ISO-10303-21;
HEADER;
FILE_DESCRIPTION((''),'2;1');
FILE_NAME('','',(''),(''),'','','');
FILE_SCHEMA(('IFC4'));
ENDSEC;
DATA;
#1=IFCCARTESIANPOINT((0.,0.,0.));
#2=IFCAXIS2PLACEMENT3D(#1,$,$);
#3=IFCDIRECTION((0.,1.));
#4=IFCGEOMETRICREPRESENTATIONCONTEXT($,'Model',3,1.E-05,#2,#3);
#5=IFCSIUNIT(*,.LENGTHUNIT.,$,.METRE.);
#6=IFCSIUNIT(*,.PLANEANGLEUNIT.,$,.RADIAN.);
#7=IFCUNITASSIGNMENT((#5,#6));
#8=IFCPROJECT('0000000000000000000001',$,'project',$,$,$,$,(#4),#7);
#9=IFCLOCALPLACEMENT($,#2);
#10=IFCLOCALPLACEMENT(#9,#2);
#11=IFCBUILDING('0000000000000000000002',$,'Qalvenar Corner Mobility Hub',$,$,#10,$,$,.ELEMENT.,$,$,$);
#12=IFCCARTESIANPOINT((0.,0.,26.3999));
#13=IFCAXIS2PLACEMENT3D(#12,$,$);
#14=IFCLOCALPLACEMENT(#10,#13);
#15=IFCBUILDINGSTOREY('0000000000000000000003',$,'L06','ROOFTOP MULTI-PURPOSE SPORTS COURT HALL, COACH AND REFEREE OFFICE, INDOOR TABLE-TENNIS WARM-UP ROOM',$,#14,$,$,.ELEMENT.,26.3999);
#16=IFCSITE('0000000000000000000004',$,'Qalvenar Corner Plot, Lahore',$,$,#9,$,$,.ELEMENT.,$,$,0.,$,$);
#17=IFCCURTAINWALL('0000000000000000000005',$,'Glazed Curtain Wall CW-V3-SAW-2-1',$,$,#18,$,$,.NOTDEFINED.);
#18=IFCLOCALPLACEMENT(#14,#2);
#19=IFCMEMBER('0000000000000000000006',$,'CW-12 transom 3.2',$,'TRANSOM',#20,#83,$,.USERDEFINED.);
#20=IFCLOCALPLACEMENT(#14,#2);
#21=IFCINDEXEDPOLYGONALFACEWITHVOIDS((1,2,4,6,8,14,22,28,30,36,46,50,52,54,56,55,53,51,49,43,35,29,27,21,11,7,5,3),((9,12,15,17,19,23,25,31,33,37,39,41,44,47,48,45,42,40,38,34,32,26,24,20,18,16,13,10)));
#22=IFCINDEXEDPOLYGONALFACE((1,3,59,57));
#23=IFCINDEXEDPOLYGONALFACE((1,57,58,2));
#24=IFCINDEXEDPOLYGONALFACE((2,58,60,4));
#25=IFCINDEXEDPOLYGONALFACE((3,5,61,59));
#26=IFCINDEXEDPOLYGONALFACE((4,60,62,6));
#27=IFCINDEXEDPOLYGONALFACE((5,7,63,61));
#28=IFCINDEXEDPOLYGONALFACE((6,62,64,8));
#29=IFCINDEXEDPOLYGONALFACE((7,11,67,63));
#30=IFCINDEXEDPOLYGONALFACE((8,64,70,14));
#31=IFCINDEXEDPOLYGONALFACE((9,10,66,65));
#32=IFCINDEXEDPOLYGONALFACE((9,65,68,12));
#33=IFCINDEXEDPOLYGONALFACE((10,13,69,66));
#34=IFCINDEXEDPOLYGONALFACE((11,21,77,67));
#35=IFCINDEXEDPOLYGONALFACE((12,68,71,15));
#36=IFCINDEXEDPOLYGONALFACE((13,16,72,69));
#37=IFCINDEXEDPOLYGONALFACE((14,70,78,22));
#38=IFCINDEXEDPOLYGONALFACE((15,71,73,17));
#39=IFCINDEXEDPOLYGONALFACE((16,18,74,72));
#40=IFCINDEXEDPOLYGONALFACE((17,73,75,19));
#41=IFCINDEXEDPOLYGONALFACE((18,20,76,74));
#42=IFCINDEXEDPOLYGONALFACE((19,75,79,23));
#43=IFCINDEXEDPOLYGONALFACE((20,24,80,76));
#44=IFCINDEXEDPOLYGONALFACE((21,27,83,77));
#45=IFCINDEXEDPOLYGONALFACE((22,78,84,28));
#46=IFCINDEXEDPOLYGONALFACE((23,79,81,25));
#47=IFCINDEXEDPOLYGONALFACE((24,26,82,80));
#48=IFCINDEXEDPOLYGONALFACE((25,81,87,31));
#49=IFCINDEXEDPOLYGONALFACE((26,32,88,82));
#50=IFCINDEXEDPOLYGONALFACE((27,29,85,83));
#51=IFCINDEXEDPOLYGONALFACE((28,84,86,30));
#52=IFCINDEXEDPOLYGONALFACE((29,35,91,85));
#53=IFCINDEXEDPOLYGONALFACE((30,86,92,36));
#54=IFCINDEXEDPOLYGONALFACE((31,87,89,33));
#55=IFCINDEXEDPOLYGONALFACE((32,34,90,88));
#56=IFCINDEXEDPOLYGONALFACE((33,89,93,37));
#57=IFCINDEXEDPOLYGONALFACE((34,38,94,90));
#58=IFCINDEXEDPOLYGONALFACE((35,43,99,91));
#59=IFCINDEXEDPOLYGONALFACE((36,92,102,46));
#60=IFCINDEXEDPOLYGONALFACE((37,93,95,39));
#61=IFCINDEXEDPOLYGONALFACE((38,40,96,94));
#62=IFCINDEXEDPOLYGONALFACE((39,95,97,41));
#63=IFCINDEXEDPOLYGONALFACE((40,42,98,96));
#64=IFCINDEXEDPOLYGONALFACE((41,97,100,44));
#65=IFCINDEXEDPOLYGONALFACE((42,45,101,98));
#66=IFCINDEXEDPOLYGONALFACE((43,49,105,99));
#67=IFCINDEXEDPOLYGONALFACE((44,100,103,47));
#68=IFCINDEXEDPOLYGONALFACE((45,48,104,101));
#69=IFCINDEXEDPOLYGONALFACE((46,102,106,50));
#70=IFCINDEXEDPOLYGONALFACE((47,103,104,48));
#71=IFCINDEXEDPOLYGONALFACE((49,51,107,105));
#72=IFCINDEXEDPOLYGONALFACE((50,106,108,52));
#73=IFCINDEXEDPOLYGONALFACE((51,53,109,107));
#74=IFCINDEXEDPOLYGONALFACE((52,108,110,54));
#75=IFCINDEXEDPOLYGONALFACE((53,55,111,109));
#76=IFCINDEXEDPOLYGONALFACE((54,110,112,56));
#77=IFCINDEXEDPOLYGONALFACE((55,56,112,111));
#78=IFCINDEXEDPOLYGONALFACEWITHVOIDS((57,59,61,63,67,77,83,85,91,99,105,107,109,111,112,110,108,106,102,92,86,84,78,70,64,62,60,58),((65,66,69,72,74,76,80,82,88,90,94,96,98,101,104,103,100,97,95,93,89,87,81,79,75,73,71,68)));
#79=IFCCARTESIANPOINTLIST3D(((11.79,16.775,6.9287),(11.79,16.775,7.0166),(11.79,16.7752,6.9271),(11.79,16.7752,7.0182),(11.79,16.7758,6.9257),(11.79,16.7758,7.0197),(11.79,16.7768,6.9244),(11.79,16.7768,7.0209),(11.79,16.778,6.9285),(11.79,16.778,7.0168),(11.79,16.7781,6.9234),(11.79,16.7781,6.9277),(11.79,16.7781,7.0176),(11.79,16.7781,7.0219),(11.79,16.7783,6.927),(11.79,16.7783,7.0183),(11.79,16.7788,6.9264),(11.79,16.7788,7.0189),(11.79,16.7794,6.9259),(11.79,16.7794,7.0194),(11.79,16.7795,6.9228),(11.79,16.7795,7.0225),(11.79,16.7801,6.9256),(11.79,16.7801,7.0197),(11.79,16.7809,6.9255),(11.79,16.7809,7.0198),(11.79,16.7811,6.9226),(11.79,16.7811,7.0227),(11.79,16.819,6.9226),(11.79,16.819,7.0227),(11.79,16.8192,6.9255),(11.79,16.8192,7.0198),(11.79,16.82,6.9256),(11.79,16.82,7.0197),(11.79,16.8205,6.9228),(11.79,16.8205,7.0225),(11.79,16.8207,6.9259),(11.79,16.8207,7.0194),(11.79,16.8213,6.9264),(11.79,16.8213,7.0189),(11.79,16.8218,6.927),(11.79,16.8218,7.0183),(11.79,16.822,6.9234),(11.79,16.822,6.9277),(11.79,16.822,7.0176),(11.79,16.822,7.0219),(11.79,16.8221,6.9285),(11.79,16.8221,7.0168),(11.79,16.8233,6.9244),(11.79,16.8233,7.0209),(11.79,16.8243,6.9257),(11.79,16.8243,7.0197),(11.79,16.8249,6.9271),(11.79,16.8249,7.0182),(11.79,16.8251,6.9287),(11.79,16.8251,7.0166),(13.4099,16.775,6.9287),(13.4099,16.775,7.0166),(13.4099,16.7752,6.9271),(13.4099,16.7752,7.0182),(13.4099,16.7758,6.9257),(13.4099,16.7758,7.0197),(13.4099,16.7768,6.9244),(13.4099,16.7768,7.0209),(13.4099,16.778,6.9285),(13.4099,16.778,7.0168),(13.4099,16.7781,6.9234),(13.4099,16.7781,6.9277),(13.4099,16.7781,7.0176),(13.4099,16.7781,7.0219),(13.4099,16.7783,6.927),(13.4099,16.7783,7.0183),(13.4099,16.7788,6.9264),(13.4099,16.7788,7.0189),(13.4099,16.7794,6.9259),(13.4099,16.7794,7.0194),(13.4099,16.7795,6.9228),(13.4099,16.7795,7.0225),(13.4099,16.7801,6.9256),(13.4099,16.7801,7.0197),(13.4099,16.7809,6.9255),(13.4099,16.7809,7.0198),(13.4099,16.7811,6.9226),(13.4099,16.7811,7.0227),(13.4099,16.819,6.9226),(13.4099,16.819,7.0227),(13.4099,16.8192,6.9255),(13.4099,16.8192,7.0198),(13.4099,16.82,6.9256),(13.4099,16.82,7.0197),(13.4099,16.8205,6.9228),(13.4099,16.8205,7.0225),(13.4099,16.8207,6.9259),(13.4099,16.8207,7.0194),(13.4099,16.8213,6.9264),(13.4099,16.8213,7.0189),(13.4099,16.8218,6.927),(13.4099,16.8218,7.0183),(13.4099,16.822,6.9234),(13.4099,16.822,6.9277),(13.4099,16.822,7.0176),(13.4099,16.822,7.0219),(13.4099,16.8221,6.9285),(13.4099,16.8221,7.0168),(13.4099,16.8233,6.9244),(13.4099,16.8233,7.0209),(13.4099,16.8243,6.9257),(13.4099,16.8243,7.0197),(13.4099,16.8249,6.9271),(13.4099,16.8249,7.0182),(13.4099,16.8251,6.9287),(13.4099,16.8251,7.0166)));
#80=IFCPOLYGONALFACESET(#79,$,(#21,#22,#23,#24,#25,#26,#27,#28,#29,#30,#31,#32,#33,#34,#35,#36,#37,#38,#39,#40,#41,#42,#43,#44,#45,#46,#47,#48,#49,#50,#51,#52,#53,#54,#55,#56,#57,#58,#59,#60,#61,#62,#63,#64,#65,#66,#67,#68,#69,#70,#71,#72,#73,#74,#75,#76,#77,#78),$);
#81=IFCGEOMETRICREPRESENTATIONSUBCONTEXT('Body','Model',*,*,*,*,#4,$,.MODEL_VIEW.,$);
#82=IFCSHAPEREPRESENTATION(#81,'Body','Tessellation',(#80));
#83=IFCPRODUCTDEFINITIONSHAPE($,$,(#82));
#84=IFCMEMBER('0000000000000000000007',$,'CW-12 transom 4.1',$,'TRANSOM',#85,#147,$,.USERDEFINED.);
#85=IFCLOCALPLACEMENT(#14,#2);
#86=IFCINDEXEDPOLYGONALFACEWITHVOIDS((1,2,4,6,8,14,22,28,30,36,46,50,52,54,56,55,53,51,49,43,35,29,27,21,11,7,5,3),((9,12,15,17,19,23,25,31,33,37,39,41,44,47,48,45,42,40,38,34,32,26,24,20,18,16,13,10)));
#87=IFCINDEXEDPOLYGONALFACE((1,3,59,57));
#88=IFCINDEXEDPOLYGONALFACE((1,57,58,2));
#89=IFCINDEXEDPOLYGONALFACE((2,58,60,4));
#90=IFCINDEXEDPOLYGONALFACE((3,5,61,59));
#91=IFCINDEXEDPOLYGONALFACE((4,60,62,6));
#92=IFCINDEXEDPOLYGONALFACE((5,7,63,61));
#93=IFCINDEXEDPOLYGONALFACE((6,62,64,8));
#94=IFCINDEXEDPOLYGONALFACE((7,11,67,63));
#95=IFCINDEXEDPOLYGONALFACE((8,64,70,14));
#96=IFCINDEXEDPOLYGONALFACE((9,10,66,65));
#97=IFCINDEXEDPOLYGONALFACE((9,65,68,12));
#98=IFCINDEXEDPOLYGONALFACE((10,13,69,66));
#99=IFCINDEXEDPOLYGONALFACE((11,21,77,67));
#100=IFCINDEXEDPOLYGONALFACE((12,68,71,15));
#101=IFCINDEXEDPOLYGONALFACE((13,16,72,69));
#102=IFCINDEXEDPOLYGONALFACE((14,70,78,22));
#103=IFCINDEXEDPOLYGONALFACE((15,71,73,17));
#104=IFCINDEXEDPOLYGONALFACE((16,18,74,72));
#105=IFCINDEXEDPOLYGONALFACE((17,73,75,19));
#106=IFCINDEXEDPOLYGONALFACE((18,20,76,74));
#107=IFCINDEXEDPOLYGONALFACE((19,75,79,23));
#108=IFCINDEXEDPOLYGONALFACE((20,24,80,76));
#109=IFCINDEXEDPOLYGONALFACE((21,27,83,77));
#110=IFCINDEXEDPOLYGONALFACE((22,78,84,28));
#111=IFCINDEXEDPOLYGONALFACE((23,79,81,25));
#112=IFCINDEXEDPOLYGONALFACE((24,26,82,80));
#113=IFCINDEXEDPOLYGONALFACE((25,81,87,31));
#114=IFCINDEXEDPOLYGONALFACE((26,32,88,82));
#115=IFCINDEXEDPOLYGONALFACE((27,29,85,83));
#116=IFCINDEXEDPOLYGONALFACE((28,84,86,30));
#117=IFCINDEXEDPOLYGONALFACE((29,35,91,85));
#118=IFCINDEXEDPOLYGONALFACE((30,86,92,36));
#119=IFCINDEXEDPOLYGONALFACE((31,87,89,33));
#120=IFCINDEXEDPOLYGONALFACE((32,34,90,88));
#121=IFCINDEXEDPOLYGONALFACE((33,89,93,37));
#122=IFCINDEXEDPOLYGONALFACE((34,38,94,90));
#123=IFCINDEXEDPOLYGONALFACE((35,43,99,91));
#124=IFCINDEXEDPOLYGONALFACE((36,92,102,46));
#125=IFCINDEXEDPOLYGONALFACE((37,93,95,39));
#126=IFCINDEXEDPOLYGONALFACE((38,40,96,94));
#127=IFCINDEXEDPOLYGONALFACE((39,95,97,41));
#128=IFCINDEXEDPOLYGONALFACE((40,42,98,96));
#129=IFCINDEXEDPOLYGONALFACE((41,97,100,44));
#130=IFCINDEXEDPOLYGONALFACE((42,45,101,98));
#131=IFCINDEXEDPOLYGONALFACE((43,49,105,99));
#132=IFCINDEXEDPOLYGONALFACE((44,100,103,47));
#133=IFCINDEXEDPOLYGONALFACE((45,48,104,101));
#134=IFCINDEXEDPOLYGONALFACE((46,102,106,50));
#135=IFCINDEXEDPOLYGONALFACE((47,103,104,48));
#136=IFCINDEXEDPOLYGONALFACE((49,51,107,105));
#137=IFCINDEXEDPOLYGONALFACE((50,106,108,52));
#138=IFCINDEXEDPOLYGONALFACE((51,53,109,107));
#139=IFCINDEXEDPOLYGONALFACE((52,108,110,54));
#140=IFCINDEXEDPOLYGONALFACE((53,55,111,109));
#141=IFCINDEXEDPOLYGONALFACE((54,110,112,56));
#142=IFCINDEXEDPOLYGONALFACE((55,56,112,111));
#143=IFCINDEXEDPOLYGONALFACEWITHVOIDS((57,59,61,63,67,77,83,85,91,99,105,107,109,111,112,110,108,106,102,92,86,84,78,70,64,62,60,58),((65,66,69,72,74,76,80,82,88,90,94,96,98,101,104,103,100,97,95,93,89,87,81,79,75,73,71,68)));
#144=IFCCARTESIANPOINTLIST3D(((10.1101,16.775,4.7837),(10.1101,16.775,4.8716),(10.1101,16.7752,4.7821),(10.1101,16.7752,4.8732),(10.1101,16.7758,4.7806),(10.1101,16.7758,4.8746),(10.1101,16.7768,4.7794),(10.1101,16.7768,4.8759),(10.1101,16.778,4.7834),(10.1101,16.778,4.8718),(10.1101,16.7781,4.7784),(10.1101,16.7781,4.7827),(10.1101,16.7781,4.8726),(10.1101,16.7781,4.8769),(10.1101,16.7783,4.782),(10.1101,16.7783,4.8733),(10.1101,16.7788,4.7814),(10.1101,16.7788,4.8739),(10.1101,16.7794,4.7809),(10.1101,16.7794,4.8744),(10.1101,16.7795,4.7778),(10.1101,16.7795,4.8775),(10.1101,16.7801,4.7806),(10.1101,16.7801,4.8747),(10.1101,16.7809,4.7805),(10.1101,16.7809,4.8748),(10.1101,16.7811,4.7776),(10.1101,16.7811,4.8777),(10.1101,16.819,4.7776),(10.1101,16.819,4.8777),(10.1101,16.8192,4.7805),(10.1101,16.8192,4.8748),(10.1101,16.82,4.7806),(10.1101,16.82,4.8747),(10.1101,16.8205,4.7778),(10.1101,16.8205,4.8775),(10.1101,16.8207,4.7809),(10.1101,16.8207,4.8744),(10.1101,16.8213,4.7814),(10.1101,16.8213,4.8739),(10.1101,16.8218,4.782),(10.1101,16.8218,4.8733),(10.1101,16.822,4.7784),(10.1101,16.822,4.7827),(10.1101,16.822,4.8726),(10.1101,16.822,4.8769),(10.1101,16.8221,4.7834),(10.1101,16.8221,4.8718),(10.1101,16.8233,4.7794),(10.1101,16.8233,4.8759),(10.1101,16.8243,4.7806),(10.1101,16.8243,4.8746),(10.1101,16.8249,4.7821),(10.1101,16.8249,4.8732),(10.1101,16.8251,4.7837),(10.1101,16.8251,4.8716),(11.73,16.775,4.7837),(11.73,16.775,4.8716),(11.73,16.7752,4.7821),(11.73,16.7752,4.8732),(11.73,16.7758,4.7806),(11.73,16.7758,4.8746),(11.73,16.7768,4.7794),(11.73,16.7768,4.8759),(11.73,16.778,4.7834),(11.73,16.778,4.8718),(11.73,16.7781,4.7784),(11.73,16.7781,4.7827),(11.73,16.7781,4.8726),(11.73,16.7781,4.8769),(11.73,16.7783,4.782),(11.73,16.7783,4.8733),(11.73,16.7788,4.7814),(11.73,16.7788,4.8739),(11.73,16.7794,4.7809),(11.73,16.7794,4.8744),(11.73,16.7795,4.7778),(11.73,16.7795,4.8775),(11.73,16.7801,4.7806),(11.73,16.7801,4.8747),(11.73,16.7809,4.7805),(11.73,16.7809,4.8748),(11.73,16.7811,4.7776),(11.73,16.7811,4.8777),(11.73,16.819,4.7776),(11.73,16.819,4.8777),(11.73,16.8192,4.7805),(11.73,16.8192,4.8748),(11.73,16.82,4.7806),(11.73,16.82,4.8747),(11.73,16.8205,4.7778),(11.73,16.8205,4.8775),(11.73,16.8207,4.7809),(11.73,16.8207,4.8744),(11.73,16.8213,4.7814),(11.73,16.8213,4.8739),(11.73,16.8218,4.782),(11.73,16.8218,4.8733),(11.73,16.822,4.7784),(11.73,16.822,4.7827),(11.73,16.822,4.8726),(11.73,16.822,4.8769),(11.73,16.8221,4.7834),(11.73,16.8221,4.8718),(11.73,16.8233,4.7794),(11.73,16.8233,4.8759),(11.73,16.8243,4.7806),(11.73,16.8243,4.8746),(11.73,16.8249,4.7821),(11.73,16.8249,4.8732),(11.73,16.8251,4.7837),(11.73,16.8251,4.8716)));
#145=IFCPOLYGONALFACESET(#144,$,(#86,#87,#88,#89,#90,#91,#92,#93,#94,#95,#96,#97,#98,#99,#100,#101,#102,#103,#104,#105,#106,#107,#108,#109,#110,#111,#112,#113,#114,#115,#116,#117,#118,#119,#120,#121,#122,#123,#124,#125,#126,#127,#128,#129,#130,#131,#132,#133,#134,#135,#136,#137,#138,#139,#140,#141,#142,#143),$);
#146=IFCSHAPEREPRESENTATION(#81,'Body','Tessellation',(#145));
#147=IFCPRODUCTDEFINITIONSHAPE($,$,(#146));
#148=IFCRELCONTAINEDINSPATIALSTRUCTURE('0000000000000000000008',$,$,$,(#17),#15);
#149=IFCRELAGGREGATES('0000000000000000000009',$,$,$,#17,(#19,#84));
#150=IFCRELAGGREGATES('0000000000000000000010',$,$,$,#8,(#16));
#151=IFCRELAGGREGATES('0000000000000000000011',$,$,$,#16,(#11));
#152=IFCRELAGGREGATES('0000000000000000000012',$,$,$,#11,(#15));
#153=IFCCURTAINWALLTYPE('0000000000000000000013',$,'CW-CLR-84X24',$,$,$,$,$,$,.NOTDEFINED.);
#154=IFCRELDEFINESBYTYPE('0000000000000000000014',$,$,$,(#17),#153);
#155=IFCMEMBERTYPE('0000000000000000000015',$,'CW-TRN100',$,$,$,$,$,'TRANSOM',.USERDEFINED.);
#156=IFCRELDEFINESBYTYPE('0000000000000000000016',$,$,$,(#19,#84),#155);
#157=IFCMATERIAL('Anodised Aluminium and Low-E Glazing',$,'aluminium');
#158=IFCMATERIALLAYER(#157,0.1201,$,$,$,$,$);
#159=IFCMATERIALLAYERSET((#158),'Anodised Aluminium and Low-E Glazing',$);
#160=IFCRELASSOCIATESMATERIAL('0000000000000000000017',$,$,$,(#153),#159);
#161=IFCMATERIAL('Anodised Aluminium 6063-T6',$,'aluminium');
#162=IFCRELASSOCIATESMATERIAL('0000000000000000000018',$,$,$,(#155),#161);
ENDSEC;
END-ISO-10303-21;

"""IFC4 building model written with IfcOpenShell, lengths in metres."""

from ifc_helpers import new_model, si_unit, direction, frame, origin, origin_2d, place, context, subcontext, project, spatial, hollow_rectangle, extrude, material, layer, layer_set, material_profile, profile_set, type_object, element, aggregate, save


model = new_model("IFC4")

# Units and contexts
model_context = context("Model", 3, precision=1e-05, world=origin(), true_north=direction((0.0, 1.0)))
body_context = subcontext(model_context, "Body", "Model", "MODEL_VIEW")
ifc_project = project(units=[si_unit("LENGTHUNIT", "METRE"), si_unit("PLANEANGLEUNIT", "RADIAN")], contexts=[model_context])

# Site, building, storey
site_placement = place(None, origin())
site = spatial("IfcSite", under=ifc_project, at=site_placement, Name="Qalvenar Corner Plot, Lahore", CompositionType="ELEMENT", RefElevation=0.0)
building_placement = place(site_placement, origin())
building = spatial("IfcBuilding", under=site, at=building_placement, Name="Qalvenar Corner Mobility Hub", CompositionType="ELEMENT")
storey_placement = place(building_placement, frame((0.0, 0.0, 26.3999)))
storey = spatial("IfcBuildingStorey", under=building, at=storey_placement, Name="L06", Description="ROOFTOP MULTI-PURPOSE SPORTS COURT HALL, COACH AND REFEREE OFFICE, INDOOR TABLE-TENNIS WARM-UP ROOM", CompositionType="ELEMENT", Elevation=26.3999)

# Curtain wall
ifc_material_1 = material(Name="Anodised Aluminium and Low-E Glazing", Category="aluminium")
ifc_layer_1 = layer(ifc_material_1, 0.1201)
ifc_layer_set_1 = layer_set([ifc_layer_1], Name="Anodised Aluminium and Low-E Glazing")
curtain_wall_type = type_object("IfcCurtainWallType", Name="CW-CLR-84X24", PredefinedType="NOTDEFINED", material=ifc_layer_set_1)
ifc_material_2 = material(Name="Anodised Aluminium 6063-T6", Category="aluminium")
curtain_wall_1_placement = place(storey_placement, origin())
curtain_wall_1 = element("IfcCurtainWall", 1, at=curtain_wall_1_placement, inside=storey, type_object=curtain_wall_type, Name="Glazed Curtain Wall CW-V3-SAW-2-1", PredefinedType="NOTDEFINED")

# Members
ifc_material_profile_1 = material_profile(ifc_material_2, hollow_rectangle(XDim=0.05, YDim=0.1001, WallThickness=0.0029, InnerFilletRadius=0.0029, OuterFilletRadius=0.0061, at=origin_2d()), Name="RHS100x50x3")
ifc_profile_set_1 = profile_set([ifc_material_profile_1], Name="Anodised Aluminium 6063-T6")
member_type_1 = type_object("IfcMemberType", Name="CW-TRN100", ElementType="TRANSOM", PredefinedType="USERDEFINED", material=ifc_profile_set_1)
member_1_placement = place(storey_placement, frame((13.4099, 16.8, 6.9727), z_axis=(-1.0, 0.0, 0.0), x_axis=(0.0, -1.0, 0.0)))
member_1 = element("IfcMember", 2, at=member_1_placement, type_object=member_type_1, Name="CW-12 transom 3.2", ObjectType="TRANSOM", PredefinedType="USERDEFINED", context=body_context, shape_type="SweptSolid", body=[
    extrude(hollow_rectangle(XDim=0.05, YDim=0.1001, WallThickness=0.0029, InnerFilletRadius=0.0029, OuterFilletRadius=0.0061, at=origin_2d()), origin(), (0.0, 0.0, 1.0), 1.6199),
])
member_2_placement = place(storey_placement, frame((11.73, 16.8, 4.8276), z_axis=(-1.0, 0.0, 0.0), x_axis=(0.0, -1.0, 0.0)))
member_2 = element("IfcMember", 3, at=member_2_placement, type_object=member_type_1, Name="CW-12 transom 4.1", ObjectType="TRANSOM", PredefinedType="USERDEFINED", context=body_context, shape_type="SweptSolid", body=[
    extrude(hollow_rectangle(XDim=0.05, YDim=0.1001, WallThickness=0.0029, InnerFilletRadius=0.0029, OuterFilletRadius=0.0061, at=origin_2d()), origin(), (0.0, 0.0, 1.0), 1.6199),
])

aggregate(curtain_wall_1, [member_1, member_2])

save(model, "model.ifc")
